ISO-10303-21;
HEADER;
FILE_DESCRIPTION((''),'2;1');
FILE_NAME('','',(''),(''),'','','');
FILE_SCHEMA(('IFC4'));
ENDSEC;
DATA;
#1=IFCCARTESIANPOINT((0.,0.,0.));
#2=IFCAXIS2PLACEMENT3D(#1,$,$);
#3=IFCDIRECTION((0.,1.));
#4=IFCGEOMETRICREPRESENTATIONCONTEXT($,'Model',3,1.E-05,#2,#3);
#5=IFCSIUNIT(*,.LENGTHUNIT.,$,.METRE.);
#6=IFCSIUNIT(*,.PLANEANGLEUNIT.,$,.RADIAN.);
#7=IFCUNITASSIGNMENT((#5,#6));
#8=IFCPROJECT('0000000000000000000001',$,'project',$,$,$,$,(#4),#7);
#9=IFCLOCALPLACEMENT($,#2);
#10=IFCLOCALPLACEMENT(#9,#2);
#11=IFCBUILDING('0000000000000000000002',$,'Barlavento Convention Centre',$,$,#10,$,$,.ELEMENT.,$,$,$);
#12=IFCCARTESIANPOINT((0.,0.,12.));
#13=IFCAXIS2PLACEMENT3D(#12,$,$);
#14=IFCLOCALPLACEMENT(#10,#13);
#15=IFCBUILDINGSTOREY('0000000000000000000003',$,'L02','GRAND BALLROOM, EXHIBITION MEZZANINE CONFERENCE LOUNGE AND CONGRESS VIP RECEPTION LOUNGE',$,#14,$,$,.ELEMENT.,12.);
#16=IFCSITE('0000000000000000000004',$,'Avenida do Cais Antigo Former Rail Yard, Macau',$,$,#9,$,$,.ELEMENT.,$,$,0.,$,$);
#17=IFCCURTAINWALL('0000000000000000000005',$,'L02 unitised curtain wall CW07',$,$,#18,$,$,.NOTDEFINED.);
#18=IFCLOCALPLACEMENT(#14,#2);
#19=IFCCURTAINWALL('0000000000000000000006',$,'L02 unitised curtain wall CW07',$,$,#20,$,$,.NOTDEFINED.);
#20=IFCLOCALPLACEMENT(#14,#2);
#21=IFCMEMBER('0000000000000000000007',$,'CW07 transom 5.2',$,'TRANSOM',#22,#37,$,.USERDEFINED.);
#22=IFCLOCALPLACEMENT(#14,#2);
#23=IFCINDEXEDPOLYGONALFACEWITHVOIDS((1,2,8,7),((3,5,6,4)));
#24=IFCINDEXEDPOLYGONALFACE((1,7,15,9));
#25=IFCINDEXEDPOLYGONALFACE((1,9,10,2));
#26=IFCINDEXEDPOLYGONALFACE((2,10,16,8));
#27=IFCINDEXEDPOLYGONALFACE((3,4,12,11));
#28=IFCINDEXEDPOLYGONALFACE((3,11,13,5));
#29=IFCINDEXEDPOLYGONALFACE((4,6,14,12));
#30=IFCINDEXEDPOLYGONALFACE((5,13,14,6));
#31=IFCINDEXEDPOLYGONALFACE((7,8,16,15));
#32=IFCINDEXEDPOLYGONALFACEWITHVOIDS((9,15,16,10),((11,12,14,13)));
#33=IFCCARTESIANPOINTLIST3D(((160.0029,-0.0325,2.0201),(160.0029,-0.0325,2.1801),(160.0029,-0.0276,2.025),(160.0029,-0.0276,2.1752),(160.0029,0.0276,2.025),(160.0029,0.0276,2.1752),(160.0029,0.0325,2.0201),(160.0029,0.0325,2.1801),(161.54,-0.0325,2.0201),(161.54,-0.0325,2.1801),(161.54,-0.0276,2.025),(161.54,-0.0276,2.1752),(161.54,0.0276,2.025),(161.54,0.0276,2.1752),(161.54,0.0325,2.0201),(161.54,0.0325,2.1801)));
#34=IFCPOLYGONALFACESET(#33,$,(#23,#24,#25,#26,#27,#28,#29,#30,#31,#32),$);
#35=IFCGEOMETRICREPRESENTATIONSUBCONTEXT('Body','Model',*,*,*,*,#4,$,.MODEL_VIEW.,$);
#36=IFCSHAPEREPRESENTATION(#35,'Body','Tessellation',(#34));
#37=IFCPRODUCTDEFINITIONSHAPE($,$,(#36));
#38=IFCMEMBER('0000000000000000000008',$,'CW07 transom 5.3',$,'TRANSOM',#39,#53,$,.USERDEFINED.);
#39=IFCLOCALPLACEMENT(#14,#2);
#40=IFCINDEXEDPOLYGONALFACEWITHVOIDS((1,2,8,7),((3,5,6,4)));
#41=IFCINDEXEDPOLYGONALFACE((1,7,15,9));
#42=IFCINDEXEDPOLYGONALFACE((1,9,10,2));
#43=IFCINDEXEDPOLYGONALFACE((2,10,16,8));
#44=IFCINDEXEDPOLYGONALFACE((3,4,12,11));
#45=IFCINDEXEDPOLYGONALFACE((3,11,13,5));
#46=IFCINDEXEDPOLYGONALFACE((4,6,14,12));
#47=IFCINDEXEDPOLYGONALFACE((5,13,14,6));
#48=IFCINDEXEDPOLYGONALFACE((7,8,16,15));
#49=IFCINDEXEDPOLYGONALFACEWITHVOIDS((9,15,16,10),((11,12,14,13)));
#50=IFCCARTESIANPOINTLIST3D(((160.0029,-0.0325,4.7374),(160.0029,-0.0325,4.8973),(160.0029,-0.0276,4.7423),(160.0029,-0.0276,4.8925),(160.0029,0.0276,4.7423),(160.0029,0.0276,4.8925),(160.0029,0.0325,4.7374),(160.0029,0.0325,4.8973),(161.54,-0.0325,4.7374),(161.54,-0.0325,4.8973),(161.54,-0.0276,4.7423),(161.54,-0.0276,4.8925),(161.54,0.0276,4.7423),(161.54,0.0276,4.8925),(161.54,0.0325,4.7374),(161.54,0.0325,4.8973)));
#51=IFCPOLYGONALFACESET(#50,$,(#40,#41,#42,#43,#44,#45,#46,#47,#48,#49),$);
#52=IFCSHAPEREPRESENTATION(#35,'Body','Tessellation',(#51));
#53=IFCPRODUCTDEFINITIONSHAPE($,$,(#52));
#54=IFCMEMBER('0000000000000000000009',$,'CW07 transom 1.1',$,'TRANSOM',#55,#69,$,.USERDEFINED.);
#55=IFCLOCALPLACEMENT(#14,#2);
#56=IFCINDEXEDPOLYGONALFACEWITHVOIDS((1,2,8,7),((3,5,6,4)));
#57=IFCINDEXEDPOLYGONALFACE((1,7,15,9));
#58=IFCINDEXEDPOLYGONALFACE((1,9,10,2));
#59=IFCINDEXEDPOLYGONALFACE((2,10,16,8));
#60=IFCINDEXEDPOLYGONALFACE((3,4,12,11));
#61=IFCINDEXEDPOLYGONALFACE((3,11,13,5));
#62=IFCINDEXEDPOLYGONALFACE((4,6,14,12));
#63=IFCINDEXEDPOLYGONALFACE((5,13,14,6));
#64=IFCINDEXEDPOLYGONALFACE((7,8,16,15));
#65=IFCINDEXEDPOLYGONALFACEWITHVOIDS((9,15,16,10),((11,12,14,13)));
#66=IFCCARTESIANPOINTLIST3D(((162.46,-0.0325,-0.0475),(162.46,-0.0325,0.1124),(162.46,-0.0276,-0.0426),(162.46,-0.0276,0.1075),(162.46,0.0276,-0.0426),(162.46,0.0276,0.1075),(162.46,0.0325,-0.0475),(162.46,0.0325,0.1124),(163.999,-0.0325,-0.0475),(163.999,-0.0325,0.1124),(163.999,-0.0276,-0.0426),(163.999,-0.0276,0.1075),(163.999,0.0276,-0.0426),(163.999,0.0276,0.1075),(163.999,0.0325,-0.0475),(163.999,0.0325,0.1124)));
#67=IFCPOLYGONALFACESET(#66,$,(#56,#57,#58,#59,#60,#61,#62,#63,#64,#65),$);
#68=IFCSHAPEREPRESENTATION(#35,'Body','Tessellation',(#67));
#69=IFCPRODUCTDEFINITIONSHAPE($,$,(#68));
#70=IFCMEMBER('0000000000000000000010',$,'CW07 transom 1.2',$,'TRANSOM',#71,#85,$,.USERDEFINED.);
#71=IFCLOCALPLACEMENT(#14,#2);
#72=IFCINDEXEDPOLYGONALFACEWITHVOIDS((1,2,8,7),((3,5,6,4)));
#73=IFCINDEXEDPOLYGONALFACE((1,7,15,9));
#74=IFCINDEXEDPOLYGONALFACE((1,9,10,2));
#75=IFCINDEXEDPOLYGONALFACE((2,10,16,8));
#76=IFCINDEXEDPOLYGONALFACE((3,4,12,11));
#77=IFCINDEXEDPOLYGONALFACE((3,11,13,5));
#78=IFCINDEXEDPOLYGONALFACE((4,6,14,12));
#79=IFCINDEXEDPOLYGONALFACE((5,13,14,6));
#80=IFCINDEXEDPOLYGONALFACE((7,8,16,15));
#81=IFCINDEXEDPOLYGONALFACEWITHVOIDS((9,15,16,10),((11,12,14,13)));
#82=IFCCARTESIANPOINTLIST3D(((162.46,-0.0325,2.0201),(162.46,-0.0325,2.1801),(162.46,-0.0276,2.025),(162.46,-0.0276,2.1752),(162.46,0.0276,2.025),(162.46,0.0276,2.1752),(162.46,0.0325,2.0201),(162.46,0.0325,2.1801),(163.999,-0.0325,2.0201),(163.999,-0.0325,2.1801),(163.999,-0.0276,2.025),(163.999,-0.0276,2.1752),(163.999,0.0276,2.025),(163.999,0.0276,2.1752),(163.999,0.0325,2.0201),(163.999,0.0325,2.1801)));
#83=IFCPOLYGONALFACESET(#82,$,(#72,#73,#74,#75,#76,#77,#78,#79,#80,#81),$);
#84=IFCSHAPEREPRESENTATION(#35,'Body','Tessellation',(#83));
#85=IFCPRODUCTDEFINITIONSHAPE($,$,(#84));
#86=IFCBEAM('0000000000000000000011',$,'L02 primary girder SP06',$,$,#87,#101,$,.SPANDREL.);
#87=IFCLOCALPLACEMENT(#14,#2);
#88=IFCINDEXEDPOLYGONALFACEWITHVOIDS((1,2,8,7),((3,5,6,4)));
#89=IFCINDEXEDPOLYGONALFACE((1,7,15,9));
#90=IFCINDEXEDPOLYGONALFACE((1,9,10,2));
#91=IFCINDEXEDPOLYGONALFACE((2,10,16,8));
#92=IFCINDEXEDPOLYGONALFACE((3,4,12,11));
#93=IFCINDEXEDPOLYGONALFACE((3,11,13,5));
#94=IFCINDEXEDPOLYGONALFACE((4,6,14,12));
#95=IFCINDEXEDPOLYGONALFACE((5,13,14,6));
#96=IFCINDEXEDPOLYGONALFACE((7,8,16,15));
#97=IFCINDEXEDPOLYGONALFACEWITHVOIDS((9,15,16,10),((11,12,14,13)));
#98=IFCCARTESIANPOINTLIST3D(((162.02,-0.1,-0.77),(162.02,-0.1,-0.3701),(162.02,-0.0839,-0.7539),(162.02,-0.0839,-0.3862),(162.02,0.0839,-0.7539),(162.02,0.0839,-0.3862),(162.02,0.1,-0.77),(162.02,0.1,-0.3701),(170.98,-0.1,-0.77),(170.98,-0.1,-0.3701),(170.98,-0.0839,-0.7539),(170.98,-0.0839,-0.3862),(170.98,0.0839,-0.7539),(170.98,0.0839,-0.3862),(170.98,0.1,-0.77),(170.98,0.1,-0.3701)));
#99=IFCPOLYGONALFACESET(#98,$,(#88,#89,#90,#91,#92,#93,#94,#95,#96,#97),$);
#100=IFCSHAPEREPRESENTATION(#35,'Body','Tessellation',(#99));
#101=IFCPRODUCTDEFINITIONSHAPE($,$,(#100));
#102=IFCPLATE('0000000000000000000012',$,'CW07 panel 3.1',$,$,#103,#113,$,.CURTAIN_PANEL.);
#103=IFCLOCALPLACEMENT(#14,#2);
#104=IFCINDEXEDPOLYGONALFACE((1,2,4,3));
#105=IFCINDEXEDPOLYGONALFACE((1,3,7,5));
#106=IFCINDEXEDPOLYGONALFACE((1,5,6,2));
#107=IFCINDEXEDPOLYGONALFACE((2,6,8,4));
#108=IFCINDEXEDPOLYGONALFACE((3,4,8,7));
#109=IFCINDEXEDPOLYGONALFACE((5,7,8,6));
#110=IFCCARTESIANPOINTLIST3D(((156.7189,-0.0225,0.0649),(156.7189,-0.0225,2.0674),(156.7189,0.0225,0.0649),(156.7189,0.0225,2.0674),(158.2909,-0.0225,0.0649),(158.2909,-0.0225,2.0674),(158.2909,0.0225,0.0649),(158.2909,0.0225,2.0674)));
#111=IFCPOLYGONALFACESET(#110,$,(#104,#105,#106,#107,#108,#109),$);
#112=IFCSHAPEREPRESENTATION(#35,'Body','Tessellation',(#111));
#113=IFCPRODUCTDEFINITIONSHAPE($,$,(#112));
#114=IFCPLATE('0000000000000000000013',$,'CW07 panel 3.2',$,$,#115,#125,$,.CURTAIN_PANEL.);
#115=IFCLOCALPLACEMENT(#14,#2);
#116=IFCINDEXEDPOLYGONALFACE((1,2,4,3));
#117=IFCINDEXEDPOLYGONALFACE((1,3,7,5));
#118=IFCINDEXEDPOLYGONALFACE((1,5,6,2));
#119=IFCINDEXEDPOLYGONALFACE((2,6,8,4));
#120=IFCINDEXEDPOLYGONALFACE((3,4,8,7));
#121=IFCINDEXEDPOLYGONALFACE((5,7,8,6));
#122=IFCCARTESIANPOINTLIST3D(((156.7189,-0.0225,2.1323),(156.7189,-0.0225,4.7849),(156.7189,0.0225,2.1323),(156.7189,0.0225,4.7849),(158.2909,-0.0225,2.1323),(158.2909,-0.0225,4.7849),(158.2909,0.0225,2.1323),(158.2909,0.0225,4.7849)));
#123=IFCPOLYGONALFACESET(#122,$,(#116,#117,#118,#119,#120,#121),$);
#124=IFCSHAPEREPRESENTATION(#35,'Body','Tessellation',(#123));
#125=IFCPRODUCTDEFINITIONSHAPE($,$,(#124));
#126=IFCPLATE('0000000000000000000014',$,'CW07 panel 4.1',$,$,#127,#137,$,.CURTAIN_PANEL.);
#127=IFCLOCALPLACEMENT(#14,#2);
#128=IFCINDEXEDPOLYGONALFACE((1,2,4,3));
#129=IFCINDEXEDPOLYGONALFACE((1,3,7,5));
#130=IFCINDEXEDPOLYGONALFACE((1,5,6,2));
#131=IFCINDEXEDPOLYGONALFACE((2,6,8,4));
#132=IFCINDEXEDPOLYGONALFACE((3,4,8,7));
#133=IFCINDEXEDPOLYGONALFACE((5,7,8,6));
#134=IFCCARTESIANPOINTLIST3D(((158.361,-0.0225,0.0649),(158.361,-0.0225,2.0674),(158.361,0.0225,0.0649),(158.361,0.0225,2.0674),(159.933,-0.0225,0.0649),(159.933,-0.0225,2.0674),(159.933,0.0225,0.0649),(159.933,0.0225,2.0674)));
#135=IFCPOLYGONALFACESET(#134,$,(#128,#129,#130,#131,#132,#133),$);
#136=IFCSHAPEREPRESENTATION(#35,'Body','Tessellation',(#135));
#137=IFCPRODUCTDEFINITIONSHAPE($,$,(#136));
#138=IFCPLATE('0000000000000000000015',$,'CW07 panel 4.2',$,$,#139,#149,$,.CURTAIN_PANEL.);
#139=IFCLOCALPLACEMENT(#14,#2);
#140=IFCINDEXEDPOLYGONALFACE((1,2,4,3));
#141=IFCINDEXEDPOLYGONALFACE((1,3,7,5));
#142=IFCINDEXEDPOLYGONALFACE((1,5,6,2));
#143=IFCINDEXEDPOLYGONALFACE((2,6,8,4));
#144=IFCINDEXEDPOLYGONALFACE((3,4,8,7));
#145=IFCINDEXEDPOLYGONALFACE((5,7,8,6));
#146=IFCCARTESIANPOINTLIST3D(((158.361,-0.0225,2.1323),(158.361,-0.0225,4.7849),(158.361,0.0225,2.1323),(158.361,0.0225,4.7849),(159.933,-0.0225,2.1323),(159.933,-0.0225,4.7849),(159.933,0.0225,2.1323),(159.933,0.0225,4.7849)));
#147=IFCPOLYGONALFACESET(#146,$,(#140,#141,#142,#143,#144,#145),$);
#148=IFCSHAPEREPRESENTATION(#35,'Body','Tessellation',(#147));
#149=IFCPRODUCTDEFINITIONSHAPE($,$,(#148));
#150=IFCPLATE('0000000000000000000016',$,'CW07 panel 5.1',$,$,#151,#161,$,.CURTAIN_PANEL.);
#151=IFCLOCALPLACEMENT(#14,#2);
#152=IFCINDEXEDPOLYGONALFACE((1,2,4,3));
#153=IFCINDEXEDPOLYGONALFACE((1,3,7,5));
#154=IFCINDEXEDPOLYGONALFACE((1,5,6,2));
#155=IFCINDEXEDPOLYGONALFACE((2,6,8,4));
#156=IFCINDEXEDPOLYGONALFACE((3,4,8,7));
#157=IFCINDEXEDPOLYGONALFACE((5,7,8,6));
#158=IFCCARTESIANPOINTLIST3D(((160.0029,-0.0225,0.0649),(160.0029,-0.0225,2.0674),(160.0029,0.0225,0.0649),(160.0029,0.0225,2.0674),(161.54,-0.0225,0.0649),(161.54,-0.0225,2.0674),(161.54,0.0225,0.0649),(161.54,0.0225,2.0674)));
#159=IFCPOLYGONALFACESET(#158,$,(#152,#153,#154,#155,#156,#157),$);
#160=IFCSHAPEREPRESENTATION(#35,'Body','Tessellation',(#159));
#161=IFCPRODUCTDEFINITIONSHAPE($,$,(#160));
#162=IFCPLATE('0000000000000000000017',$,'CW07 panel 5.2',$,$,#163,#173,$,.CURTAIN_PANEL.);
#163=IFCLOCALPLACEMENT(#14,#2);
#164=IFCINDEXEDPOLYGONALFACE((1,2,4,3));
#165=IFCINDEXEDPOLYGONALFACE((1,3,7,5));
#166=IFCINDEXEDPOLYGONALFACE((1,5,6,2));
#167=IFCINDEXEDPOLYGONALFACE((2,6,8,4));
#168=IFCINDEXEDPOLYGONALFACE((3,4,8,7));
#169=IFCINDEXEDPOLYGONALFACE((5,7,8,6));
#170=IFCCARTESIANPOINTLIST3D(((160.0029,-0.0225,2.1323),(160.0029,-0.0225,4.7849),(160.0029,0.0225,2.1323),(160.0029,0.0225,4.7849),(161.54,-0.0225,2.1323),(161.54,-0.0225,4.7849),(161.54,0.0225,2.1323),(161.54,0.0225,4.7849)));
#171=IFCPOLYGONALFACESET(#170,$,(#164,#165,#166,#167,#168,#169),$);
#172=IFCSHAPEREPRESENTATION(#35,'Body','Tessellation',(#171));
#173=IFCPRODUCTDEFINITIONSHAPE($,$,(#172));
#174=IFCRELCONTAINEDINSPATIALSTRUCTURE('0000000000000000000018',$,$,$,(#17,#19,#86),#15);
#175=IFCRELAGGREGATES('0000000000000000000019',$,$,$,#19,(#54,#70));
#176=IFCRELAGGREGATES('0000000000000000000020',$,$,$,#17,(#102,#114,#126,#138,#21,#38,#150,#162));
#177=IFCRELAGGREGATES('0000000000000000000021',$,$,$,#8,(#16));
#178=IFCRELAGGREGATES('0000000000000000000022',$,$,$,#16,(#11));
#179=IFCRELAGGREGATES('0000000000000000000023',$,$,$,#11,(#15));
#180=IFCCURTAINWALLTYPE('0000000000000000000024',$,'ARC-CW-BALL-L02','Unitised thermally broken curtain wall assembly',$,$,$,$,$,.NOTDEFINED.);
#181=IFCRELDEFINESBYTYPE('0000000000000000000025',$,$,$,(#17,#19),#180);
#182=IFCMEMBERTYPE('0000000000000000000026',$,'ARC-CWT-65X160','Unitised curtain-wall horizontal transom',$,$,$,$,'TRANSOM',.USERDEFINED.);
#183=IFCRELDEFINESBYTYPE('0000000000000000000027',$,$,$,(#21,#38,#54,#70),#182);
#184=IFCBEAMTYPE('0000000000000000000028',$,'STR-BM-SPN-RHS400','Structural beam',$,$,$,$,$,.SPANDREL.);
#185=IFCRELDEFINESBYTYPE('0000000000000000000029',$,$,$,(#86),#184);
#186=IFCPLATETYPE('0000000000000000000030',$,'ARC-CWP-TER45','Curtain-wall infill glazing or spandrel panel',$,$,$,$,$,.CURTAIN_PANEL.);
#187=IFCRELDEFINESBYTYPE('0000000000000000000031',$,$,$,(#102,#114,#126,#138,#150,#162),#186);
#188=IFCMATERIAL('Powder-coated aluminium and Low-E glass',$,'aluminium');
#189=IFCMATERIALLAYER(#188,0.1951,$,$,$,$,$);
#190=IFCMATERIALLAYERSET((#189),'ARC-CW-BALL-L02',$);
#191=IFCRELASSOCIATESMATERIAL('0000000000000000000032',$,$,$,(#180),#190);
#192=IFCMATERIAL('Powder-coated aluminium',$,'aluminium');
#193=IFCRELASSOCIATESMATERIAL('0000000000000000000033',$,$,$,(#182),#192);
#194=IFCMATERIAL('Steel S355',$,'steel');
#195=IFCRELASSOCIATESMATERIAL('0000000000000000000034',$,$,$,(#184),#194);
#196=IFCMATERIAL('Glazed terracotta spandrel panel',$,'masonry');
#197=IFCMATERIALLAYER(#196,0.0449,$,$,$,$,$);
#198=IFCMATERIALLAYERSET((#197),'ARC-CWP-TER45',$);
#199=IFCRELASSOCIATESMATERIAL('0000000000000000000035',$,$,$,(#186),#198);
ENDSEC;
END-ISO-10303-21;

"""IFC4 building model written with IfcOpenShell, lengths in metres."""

from ifc_helpers import new_model, si_unit, direction, frame, origin, origin_2d, place, context, subcontext, project, spatial, rectangle, hollow_rectangle, extrude, material, layer, layer_set, material_profile, profile_set, type_object, element, aggregate, save


model = new_model("IFC4")

# Units and contexts
model_context = context("Model", 3, precision=1e-05, world=origin(), true_north=direction((0.0, 1.0)))
body_context = subcontext(model_context, "Body", "Model", "MODEL_VIEW")
ifc_project = project(units=[si_unit("LENGTHUNIT", "METRE"), si_unit("PLANEANGLEUNIT", "RADIAN")], contexts=[model_context])

# Site, building, storey
site_placement = place(None, origin())
site = spatial("IfcSite", under=ifc_project, at=site_placement, Name="Avenida do Cais Antigo Former Rail Yard, Macau", CompositionType="ELEMENT", RefElevation=0.0)
building_placement = place(site_placement, origin())
building = spatial("IfcBuilding", under=site, at=building_placement, Name="Barlavento Convention Centre", CompositionType="ELEMENT")
storey_placement = place(building_placement, frame((0.0, 0.0, 12.0)))
storey = spatial("IfcBuildingStorey", under=building, at=storey_placement, Name="L02", Description="GRAND BALLROOM, EXHIBITION MEZZANINE CONFERENCE LOUNGE AND CONGRESS VIP RECEPTION LOUNGE", CompositionType="ELEMENT", Elevation=12.0)

# Shared definitions
ifc_material_1 = material(Name="Steel S355", Category="steel")

# Curtain wall
ifc_material_2 = material(Name="Powder-coated aluminium and Low-E glass", Category="aluminium")
ifc_layer_1 = layer(ifc_material_2, 0.1951)
ifc_layer_set_1 = layer_set([ifc_layer_1], Name="ARC-CW-BALL-L02")
curtain_wall_type = type_object("IfcCurtainWallType", Name="ARC-CW-BALL-L02", Description="Unitised thermally broken curtain wall assembly", PredefinedType="NOTDEFINED", material=ifc_layer_set_1)
curtain_wall_1_placement = place(storey_placement, origin())
curtain_wall_1 = element("IfcCurtainWall", 1, at=curtain_wall_1_placement, inside=storey, type_object=curtain_wall_type, Name="L02 unitised curtain wall CW07", PredefinedType="NOTDEFINED")
ifc_material_3 = material(Name="Powder-coated aluminium", Category="aluminium")

# Curtain wall
curtain_wall_2_placement = place(storey_placement, origin())
curtain_wall_2 = element("IfcCurtainWall", 2, at=curtain_wall_2_placement, inside=storey, type_object=curtain_wall_type, Name="L02 unitised curtain wall CW07", PredefinedType="NOTDEFINED")

# Members
ifc_material_profile_1 = material_profile(ifc_material_3, hollow_rectangle(XDim=0.0649, YDim=0.1599, WallThickness=0.0049, at=origin_2d()), Name="AL-TRAN 65x160x5")
ifc_profile_set_1 = profile_set([ifc_material_profile_1], Name="Powder-coated aluminium")
member_type_1 = type_object("IfcMemberType", Name="ARC-CWT-65X160", Description="Unitised curtain-wall horizontal transom", ElementType="TRANSOM", PredefinedType="USERDEFINED", material=ifc_profile_set_1)
member_1_placement = place(storey_placement, frame((160.0029, 0.0, 2.1001), z_axis=(1.0, 0.0, 0.0), x_axis=(0.0, 1.0, 0.0)))
member_1 = element("IfcMember", 3, at=member_1_placement, type_object=member_type_1, Name="CW07 transom 5.2", ObjectType="TRANSOM", PredefinedType="USERDEFINED", context=body_context, shape_type="SweptSolid", body=[
    extrude(hollow_rectangle(XDim=0.0649, YDim=0.1599, WallThickness=0.0049, at=origin_2d()), origin(), (0.0, 0.0, 1.0), 1.5371),
])
member_2_placement = place(storey_placement, frame((160.0029, 0.0, 4.8174), z_axis=(1.0, 0.0, 0.0), x_axis=(0.0, 1.0, 0.0)))
member_2 = element("IfcMember", 4, at=member_2_placement, type_object=member_type_1, Name="CW07 transom 5.3", ObjectType="TRANSOM", PredefinedType="USERDEFINED", context=body_context, shape_type="SweptSolid", body=[
    extrude(hollow_rectangle(XDim=0.0649, YDim=0.1599, WallThickness=0.0049, at=origin_2d()), origin(), (0.0, 0.0, 1.0), 1.5371),
])
member_3_placement = place(storey_placement, frame((162.46, 0.0, 0.0325), z_axis=(1.0, 0.0, 0.0), x_axis=(0.0, 1.0, 0.0)))
member_3 = element("IfcMember", 5, at=member_3_placement, type_object=member_type_1, Name="CW07 transom 1.1", ObjectType="TRANSOM", PredefinedType="USERDEFINED", context=body_context, shape_type="SweptSolid", body=[
    extrude(hollow_rectangle(XDim=0.0649, YDim=0.1599, WallThickness=0.0049, at=origin_2d()), origin(), (0.0, 0.0, 1.0), 1.5391),
])
member_4_placement = place(storey_placement, frame((162.46, 0.0, 2.1001), z_axis=(1.0, 0.0, 0.0), x_axis=(0.0, 1.0, 0.0)))
member_4 = element("IfcMember", 6, at=member_4_placement, type_object=member_type_1, Name="CW07 transom 1.2", ObjectType="TRANSOM", PredefinedType="USERDEFINED", context=body_context, shape_type="SweptSolid", body=[
    extrude(hollow_rectangle(XDim=0.0649, YDim=0.1599, WallThickness=0.0049, at=origin_2d()), origin(), (0.0, 0.0, 1.0), 1.5391),
])
aggregate(curtain_wall_2, [member_3, member_4])

# Beam
ifc_material_profile_2 = material_profile(ifc_material_1, hollow_rectangle(XDim=0.2, YDim=0.3999, WallThickness=0.0161, at=origin_2d()), Name="RHS 400x200x16.0")
ifc_profile_set_2 = profile_set([ifc_material_profile_2], Name="Steel S355")
beam_type = type_object("IfcBeamType", Name="STR-BM-SPN-RHS400", Description="Structural beam", PredefinedType="SPANDREL", material=ifc_profile_set_2)
beam_placement = place(storey_placement, frame((162.02, 0.0, -0.5701), z_axis=(1.0, 0.0, 0.0), x_axis=(0.0, 1.0, 0.0)))
element("IfcBeam", 7, at=beam_placement, inside=storey, type_object=beam_type, Name="L02 primary girder SP06", PredefinedType="SPANDREL", context=body_context, shape_type="SweptSolid", body=[
    extrude(hollow_rectangle(XDim=0.2, YDim=0.3999, WallThickness=0.0161, at=origin_2d()), origin(), (0.0, 0.0, 1.0), 8.96),
])

# Plates
ifc_material_4 = material(Name="Glazed terracotta spandrel panel", Category="masonry")
ifc_layer_2 = layer(ifc_material_4, 0.0449)
ifc_layer_set_2 = layer_set([ifc_layer_2], Name="ARC-CWP-TER45")
plate_type = type_object("IfcPlateType", Name="ARC-CWP-TER45", Description="Curtain-wall infill glazing or spandrel panel", PredefinedType="CURTAIN_PANEL", material=ifc_layer_set_2)
plate_1_placement = place(storey_placement, frame((157.5049, 0.0, 0.0649), z_axis=(0.0, 0.0, 1.0), x_axis=(1.0, 0.0, 0.0)))
plate_1 = element("IfcPlate", 8, at=plate_1_placement, type_object=plate_type, Name="CW07 panel 3.1", PredefinedType="CURTAIN_PANEL", context=body_context, shape_type="SweptSolid", body=[
    extrude(rectangle(XDim=1.572, YDim=0.0449, at=origin_2d()), origin(), (0.0, 0.0, 1.0), 2.0024),
])
plate_2_placement = place(storey_placement, frame((157.5049, 0.0, 2.1323), z_axis=(0.0, 0.0, 1.0), x_axis=(1.0, 0.0, 0.0)))
plate_2 = element("IfcPlate", 9, at=plate_2_placement, type_object=plate_type, Name="CW07 panel 3.2", PredefinedType="CURTAIN_PANEL", context=body_context, shape_type="SweptSolid", body=[
    extrude(rectangle(XDim=1.572, YDim=0.0449, at=origin_2d()), origin(), (0.0, 0.0, 1.0), 2.6526),
])
plate_3_placement = place(storey_placement, frame((159.147, 0.0, 0.0649), z_axis=(0.0, 0.0, 1.0), x_axis=(1.0, 0.0, 0.0)))
plate_3 = element("IfcPlate", 10, at=plate_3_placement, type_object=plate_type, Name="CW07 panel 4.1", PredefinedType="CURTAIN_PANEL", context=body_context, shape_type="SweptSolid", body=[
    extrude(rectangle(XDim=1.572, YDim=0.0449, at=origin_2d()), origin(), (0.0, 0.0, 1.0), 2.0024),
])
plate_4_placement = place(storey_placement, frame((159.147, 0.0, 2.1323), z_axis=(0.0, 0.0, 1.0), x_axis=(1.0, 0.0, 0.0)))
plate_4 = element("IfcPlate", 11, at=plate_4_placement, type_object=plate_type, Name="CW07 panel 4.2", PredefinedType="CURTAIN_PANEL", context=body_context, shape_type="SweptSolid", body=[
    extrude(rectangle(XDim=1.572, YDim=0.0449, at=origin_2d()), origin(), (0.0, 0.0, 1.0), 2.6526),
])
plate_5_placement = place(storey_placement, frame((160.7715, 0.0, 0.0649), z_axis=(0.0, 0.0, 1.0), x_axis=(1.0, 0.0, 0.0)))
plate_5 = element("IfcPlate", 12, at=plate_5_placement, type_object=plate_type, Name="CW07 panel 5.1", PredefinedType="CURTAIN_PANEL", context=body_context, shape_type="SweptSolid", body=[
    extrude(rectangle(XDim=1.5371, YDim=0.0449, at=origin_2d()), origin(), (0.0, 0.0, 1.0), 2.0024),
])
plate_6_placement = place(storey_placement, frame((160.7715, 0.0, 2.1323), z_axis=(0.0, 0.0, 1.0), x_axis=(1.0, 0.0, 0.0)))
plate_6 = element("IfcPlate", 13, at=plate_6_placement, type_object=plate_type, Name="CW07 panel 5.2", PredefinedType="CURTAIN_PANEL", context=body_context, shape_type="SweptSolid", body=[
    extrude(rectangle(XDim=1.5371, YDim=0.0449, at=origin_2d()), origin(), (0.0, 0.0, 1.0), 2.6526),
])
aggregate(curtain_wall_1, [plate_1, plate_2, plate_3, plate_4, member_1, member_2, plate_5, plate_6])

save(model, "model.ifc")
